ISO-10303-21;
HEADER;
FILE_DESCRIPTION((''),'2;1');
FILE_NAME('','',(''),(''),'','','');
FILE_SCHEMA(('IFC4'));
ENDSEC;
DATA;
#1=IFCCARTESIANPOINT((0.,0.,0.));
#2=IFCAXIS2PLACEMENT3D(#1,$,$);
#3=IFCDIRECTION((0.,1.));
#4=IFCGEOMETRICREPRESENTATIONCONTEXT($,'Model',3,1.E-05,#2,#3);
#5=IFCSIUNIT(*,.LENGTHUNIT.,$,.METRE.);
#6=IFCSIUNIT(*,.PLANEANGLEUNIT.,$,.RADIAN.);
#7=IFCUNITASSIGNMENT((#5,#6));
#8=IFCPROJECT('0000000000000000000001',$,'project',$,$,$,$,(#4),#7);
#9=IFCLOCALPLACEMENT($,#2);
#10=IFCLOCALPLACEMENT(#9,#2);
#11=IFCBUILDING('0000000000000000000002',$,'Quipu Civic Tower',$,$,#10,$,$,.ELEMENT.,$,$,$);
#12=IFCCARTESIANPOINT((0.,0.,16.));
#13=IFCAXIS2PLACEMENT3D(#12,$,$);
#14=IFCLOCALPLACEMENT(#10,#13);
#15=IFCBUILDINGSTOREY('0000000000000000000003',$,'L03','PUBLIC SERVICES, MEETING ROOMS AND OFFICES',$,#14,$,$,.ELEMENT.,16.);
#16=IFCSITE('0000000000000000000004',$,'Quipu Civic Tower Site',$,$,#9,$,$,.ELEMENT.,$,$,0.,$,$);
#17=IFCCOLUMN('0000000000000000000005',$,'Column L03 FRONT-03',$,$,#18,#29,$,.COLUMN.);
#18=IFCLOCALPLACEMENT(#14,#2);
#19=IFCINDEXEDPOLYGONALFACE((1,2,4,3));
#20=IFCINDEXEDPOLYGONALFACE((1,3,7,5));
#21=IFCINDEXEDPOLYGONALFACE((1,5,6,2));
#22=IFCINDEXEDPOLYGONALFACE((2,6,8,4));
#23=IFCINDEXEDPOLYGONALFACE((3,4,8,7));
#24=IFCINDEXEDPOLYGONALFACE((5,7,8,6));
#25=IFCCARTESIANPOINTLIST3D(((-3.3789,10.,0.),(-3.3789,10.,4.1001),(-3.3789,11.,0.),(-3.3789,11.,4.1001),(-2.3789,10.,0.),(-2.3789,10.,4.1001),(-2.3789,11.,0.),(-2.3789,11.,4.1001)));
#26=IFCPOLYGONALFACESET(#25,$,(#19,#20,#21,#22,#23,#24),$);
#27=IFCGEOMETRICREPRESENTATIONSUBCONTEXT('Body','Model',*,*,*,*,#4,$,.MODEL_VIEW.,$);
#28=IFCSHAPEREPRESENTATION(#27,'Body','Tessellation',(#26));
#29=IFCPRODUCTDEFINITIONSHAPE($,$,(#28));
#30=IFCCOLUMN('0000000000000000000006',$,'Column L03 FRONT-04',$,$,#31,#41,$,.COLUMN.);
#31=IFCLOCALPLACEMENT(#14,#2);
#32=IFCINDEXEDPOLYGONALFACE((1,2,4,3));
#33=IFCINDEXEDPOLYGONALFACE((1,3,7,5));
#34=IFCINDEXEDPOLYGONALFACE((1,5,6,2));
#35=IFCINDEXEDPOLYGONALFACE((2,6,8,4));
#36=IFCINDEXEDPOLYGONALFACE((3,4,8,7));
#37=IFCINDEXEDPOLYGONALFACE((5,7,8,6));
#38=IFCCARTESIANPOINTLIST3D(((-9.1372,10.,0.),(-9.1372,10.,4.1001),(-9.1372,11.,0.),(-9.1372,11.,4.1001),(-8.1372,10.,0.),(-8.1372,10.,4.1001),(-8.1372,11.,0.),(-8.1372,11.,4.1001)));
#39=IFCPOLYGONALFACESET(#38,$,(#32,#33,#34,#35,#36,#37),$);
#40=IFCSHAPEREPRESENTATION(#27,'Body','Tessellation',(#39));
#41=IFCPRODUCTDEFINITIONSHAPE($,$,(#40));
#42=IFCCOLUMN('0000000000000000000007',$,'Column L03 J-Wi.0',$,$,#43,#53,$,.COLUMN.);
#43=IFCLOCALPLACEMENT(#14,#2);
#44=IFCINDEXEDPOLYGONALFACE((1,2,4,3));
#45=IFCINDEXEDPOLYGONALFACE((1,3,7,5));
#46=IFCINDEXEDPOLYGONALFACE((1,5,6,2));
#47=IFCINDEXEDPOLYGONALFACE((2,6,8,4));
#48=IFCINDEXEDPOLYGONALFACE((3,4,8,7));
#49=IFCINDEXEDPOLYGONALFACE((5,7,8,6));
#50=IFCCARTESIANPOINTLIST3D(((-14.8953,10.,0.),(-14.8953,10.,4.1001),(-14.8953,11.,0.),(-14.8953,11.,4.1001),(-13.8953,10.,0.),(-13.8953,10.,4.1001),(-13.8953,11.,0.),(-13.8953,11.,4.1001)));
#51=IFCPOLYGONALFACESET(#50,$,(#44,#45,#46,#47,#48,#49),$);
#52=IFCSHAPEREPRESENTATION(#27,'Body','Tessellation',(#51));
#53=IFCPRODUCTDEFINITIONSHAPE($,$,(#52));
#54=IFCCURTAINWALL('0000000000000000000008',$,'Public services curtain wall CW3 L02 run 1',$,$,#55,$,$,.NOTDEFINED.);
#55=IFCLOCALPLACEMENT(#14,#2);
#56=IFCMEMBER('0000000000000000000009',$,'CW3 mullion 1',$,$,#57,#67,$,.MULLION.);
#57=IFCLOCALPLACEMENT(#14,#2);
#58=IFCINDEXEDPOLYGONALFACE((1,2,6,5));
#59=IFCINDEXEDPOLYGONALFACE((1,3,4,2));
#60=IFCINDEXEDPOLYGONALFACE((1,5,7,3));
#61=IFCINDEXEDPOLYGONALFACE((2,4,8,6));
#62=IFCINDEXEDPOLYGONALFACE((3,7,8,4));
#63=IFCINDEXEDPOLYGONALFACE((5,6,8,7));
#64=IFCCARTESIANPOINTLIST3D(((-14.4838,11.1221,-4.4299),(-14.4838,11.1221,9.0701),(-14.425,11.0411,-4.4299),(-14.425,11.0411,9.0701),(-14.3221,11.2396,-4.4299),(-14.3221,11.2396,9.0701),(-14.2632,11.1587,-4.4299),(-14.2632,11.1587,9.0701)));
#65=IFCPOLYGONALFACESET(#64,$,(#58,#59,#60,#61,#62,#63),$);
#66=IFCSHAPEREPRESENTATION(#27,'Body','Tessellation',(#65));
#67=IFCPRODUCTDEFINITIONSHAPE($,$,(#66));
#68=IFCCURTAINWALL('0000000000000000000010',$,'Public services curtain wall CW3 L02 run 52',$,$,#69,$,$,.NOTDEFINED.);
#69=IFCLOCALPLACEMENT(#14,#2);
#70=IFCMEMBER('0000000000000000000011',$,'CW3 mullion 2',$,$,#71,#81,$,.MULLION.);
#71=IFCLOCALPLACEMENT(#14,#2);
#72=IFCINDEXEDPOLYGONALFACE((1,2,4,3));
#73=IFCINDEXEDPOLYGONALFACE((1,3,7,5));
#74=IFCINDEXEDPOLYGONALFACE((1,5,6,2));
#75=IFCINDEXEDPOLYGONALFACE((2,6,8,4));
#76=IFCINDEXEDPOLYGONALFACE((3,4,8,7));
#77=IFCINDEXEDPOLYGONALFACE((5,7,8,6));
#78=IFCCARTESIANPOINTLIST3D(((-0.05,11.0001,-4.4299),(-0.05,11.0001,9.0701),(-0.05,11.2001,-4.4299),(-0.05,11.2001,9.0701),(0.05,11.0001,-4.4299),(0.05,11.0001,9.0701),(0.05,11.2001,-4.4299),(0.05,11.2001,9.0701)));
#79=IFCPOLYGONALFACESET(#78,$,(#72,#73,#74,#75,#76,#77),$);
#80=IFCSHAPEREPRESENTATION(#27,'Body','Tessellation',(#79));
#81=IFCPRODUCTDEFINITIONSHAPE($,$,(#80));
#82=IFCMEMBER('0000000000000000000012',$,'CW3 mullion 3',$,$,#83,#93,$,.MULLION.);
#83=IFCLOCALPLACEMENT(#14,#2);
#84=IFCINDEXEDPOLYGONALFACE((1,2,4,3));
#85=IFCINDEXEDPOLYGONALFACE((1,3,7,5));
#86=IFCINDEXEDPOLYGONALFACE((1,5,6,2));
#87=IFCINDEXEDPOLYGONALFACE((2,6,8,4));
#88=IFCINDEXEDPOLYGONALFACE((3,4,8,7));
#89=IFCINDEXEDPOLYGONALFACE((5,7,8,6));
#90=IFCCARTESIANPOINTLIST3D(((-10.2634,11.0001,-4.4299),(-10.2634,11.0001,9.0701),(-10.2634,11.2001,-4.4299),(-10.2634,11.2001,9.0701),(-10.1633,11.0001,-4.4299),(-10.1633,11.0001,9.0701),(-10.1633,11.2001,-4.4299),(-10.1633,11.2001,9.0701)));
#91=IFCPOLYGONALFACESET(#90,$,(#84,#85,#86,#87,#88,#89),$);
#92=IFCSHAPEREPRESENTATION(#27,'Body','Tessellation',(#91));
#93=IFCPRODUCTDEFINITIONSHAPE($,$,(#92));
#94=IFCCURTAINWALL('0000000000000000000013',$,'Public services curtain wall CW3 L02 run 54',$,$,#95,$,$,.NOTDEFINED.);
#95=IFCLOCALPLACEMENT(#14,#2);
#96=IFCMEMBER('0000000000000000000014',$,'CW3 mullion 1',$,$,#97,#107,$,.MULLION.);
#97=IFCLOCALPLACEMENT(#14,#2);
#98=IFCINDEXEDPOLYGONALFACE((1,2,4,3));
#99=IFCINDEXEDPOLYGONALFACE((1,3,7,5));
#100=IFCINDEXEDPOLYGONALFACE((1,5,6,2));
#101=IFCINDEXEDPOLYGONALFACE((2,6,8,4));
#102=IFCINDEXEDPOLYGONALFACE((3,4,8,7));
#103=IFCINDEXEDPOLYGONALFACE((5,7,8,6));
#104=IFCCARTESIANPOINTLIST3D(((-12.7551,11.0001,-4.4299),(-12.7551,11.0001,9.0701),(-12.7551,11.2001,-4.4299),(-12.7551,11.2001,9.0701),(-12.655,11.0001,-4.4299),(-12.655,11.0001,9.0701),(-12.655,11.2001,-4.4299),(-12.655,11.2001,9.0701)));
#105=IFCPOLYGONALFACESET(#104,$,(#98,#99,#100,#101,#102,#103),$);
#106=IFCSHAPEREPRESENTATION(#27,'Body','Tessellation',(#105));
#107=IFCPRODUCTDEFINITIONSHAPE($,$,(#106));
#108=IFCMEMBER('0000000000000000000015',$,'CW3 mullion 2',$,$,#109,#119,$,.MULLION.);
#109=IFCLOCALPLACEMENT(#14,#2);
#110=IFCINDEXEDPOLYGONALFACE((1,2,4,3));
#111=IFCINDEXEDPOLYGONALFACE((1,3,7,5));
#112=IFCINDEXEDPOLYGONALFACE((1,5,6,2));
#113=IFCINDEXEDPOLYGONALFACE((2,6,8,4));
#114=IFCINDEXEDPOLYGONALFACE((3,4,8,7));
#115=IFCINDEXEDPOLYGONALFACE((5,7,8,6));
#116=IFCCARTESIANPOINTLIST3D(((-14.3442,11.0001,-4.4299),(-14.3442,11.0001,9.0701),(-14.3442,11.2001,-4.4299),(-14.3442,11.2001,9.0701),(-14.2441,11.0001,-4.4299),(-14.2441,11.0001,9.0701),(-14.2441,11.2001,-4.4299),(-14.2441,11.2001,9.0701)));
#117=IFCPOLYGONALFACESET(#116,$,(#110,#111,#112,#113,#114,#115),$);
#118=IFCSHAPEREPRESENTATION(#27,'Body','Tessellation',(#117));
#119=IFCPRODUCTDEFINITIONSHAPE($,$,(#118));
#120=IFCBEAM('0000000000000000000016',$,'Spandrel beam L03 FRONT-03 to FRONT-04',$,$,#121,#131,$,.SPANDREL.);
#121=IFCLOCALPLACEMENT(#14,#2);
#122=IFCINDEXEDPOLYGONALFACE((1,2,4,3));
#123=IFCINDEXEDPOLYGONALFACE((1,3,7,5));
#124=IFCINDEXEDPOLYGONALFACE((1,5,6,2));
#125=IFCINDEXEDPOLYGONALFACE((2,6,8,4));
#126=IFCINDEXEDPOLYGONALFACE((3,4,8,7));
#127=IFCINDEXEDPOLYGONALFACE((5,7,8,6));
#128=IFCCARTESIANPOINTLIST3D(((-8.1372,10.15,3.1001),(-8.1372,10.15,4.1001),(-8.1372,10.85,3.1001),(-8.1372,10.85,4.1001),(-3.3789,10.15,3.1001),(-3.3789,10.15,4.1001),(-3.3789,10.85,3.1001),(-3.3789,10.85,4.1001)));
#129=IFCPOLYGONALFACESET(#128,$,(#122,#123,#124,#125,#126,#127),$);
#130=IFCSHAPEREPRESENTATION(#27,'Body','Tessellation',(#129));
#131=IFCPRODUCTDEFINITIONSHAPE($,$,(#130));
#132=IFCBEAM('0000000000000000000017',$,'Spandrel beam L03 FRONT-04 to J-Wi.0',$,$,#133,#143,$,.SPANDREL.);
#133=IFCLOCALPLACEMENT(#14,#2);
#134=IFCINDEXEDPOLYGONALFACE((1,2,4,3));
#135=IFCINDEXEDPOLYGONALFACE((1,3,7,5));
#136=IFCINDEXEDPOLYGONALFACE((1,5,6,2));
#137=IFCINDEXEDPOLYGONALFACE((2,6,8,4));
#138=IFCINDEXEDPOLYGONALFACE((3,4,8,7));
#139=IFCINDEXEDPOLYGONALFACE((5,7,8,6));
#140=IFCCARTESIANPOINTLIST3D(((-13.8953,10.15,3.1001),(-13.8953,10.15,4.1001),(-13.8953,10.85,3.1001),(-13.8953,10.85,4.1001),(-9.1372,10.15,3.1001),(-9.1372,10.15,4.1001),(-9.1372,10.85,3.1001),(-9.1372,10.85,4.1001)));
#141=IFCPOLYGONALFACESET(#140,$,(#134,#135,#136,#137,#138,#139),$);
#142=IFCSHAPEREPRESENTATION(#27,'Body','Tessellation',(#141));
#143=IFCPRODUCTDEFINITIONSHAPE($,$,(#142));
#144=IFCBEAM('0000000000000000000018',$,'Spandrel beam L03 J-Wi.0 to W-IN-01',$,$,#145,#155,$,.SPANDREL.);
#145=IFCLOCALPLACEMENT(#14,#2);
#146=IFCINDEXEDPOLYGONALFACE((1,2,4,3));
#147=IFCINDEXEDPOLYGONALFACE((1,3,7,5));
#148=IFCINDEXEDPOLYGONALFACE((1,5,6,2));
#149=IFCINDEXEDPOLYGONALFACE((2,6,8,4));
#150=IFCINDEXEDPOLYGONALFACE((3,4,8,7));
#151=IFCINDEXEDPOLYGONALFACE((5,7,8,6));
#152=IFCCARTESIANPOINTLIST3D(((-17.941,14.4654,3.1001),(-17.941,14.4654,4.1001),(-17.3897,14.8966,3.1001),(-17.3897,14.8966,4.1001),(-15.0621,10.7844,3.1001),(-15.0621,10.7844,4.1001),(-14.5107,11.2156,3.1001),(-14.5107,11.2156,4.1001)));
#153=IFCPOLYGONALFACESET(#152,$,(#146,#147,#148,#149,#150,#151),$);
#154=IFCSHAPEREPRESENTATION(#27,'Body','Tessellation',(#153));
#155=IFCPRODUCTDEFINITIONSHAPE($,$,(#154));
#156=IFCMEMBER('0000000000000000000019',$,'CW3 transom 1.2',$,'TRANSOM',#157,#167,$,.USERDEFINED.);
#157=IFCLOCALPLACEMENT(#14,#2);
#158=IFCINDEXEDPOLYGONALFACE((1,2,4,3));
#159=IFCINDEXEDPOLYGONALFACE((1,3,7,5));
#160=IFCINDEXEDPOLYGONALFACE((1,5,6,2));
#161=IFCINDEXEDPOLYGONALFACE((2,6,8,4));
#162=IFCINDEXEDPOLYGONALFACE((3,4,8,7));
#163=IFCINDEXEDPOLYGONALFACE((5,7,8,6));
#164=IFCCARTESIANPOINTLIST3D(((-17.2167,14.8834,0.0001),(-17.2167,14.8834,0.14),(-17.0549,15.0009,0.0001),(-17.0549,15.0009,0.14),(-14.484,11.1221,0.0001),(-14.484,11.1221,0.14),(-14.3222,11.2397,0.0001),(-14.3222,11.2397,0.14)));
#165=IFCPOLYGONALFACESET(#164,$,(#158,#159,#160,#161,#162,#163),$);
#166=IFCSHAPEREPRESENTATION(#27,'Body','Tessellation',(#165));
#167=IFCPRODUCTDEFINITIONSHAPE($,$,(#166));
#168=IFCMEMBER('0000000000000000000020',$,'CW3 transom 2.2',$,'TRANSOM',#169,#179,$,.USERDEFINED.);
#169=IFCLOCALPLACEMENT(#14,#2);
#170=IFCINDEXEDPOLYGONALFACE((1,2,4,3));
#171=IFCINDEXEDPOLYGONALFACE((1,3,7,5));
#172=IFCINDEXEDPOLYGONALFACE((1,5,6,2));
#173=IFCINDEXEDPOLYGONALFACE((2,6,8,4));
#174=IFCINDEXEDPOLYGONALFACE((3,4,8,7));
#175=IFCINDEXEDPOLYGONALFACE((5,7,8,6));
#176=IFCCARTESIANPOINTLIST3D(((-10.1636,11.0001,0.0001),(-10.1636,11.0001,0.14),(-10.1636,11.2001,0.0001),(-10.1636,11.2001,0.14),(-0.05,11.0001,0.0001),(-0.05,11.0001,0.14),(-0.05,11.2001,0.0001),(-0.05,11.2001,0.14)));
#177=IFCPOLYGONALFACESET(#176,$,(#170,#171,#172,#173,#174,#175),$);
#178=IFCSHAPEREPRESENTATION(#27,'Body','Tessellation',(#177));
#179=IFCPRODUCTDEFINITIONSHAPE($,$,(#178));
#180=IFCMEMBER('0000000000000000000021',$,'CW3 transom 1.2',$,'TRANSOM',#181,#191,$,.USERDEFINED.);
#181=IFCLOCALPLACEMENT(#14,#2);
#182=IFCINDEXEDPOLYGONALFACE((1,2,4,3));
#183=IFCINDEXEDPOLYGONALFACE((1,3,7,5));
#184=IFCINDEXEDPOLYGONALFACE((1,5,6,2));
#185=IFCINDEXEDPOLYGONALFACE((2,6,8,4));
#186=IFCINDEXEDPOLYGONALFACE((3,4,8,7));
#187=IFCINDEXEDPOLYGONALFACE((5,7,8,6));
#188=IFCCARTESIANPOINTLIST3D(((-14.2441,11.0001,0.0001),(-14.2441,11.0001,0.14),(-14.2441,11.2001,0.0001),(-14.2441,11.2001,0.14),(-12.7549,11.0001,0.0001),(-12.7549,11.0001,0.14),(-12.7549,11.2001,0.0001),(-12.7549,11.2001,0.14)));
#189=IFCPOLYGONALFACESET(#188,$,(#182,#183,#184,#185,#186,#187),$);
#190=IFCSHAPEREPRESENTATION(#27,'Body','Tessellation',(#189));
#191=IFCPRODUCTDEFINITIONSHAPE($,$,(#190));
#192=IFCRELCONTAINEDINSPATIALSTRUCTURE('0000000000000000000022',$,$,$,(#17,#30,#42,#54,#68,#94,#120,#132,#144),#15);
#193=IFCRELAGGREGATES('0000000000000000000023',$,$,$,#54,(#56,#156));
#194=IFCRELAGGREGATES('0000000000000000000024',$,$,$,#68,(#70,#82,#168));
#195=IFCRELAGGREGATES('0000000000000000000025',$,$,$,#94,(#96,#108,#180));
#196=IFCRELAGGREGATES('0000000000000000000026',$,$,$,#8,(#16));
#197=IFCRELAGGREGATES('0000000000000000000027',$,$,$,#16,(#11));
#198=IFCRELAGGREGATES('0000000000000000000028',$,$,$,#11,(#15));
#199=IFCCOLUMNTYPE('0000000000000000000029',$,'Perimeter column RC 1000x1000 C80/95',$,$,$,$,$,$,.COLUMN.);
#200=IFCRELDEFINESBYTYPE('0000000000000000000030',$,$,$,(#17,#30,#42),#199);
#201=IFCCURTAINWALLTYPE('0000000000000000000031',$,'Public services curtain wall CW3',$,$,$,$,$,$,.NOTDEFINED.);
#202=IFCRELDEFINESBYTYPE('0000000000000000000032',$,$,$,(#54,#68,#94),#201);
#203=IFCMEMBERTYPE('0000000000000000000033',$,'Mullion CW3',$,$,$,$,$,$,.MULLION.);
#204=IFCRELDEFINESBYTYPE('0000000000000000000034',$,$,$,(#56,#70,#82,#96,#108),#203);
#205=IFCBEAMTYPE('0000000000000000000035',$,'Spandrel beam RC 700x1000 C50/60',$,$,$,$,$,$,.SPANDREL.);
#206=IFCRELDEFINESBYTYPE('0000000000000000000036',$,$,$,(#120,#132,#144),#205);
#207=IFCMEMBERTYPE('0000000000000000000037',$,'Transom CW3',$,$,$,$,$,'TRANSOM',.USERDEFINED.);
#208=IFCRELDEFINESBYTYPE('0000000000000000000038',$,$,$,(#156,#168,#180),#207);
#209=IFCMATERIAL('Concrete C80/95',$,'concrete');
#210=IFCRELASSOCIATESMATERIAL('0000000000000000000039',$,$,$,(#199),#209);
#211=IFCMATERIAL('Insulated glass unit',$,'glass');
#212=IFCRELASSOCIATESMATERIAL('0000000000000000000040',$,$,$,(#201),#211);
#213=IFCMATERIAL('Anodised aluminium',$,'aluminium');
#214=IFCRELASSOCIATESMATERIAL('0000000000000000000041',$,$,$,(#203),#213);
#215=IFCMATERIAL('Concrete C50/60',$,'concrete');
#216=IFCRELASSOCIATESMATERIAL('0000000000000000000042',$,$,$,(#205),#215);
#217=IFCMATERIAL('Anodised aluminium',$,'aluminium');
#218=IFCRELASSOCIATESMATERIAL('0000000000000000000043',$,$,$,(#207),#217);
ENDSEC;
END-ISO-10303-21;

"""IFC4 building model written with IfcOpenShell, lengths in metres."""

from ifc_helpers import new_model, si_unit, direction, frame, origin, origin_2d, place, context, subcontext, project, spatial, rectangle, extrude, material, material_profile, profile_set, type_object, element, aggregate, save


model = new_model("IFC4")

# Units and contexts
model_context = context("Model", 3, precision=1e-05, world=origin(), true_north=direction((0.0, 1.0)))
body_context = subcontext(model_context, "Body", "Model", "MODEL_VIEW")
ifc_project = project(units=[si_unit("LENGTHUNIT", "METRE"), si_unit("PLANEANGLEUNIT", "RADIAN")], contexts=[model_context])

# Site, building, storey
site_placement = place(None, origin())
site = spatial("IfcSite", under=ifc_project, at=site_placement, Name="Quipu Civic Tower Site", CompositionType="ELEMENT", RefElevation=0.0)
building_placement = place(site_placement, origin())
building = spatial("IfcBuilding", under=site, at=building_placement, Name="Quipu Civic Tower", CompositionType="ELEMENT")
storey_placement = place(building_placement, frame((0.0, 0.0, 16.0)))
storey = spatial("IfcBuildingStorey", under=building, at=storey_placement, Name="L03", Description="PUBLIC SERVICES, MEETING ROOMS AND OFFICES", CompositionType="ELEMENT", Elevation=16.0)

# Columns
ifc_material_1 = material(Name="Concrete C80/95", Category="concrete")
ifc_material_profile_1 = material_profile(ifc_material_1, rectangle(XDim=1.0, YDim=1.0, at=origin_2d()), Name="RC1000x1000")
ifc_profile_set_1 = profile_set([ifc_material_profile_1], Name="Concrete C80/95")
column_type = type_object("IfcColumnType", Name="Perimeter column RC 1000x1000 C80/95", PredefinedType="COLUMN", material=ifc_profile_set_1)
for number, where, z_axis, x_axis, name in (
    (1, (-2.8789, 10.5, 0.0), (0.0, 0.0, 1.0), (-1.0, 0.0, 0.0), "Column L03 FRONT-03"),
    (2, (-8.6372, 10.5, 0.0), (0.0, 0.0, 1.0), (-1.0, 0.0, 0.0), "Column L03 FRONT-04"),
    (3, (-14.3953, 10.5, 0.0), (0.0, 0.0, 1.0), (-1.0, 0.0, 0.0), "Column L03 J-Wi.0"),
):
    element("IfcColumn", number, at=place(storey_placement, frame(where, z_axis=z_axis, x_axis=x_axis)), inside=storey, type_object=column_type, Name=name, PredefinedType="COLUMN", context=body_context, shape_type="SweptSolid", body=[
        extrude(rectangle(XDim=1.0, YDim=1.0, at=origin_2d()), origin(), (0.0, 0.0, 1.0), 4.1001),
    ])

# Curtain wall, member
ifc_material_2 = material(Name="Insulated glass unit", Category="glass")
curtain_wall_type = type_object("IfcCurtainWallType", Name="Public services curtain wall CW3", PredefinedType="NOTDEFINED", material=ifc_material_2)
curtain_wall_1_placement = place(storey_placement, origin())
curtain_wall_1 = element("IfcCurtainWall", 4, at=curtain_wall_1_placement, inside=storey, type_object=curtain_wall_type, Name="Public services curtain wall CW3 L02 run 1", PredefinedType="NOTDEFINED")
ifc_material_3 = material(Name="Anodised aluminium", Category="aluminium")
ifc_material_profile_2 = material_profile(ifc_material_3, rectangle(XDim=0.2, YDim=0.1001, at=origin_2d()), Name="RECT 200x100")
ifc_profile_set_2 = profile_set([ifc_material_profile_2], Name="Anodised aluminium")
member_type_1 = type_object("IfcMemberType", Name="Mullion CW3", PredefinedType="MULLION", material=ifc_profile_set_2)
member_1_placement = place(storey_placement, frame((-14.3735, 11.1404, -4.4299), z_axis=(0.0, 0.0, 1.0), x_axis=(-0.80901, -0.587795, 0.0)))
member_1 = element("IfcMember", 5, at=member_1_placement, type_object=member_type_1, Name="CW3 mullion 1", PredefinedType="MULLION", context=body_context, shape_type="SweptSolid", body=[
    extrude(rectangle(XDim=0.2, YDim=0.1001, at=origin_2d()), origin(), (0.0, 0.0, 1.0), 13.5),
])

# Curtain walls, members
curtain_wall_2_placement = place(storey_placement, origin())
curtain_wall_2 = element("IfcCurtainWall", 6, at=curtain_wall_2_placement, inside=storey, type_object=curtain_wall_type, Name="Public services curtain wall CW3 L02 run 52", PredefinedType="NOTDEFINED")
member_2_placement = place(storey_placement, frame((0.0, 11.1001, -4.4299), z_axis=(0.0, 0.0, 1.0), x_axis=(0.0, -1.0, 0.0)))
member_2 = element("IfcMember", 7, at=member_2_placement, type_object=member_type_1, Name="CW3 mullion 2", PredefinedType="MULLION", context=body_context, shape_type="SweptSolid", body=[
    extrude(rectangle(XDim=0.2, YDim=0.1001, at=origin_2d()), origin(), (0.0, 0.0, 1.0), 13.5),
])
member_3_placement = place(storey_placement, frame((-10.2134, 11.1001, -4.4299), z_axis=(0.0, 0.0, 1.0), x_axis=(0.0, -1.0, 0.0)))
member_3 = element("IfcMember", 8, at=member_3_placement, type_object=member_type_1, Name="CW3 mullion 3", PredefinedType="MULLION", context=body_context, shape_type="SweptSolid", body=[
    extrude(rectangle(XDim=0.2, YDim=0.1001, at=origin_2d()), origin(), (0.0, 0.0, 1.0), 13.5),
])
curtain_wall_3_placement = place(storey_placement, origin())
curtain_wall_3 = element("IfcCurtainWall", 9, at=curtain_wall_3_placement, inside=storey, type_object=curtain_wall_type, Name="Public services curtain wall CW3 L02 run 54", PredefinedType="NOTDEFINED")
member_4_placement = place(storey_placement, frame((-12.7051, 11.1001, -4.4299), z_axis=(0.0, 0.0, 1.0), x_axis=(0.0, -1.0, 0.0)))
member_4 = element("IfcMember", 10, at=member_4_placement, type_object=member_type_1, Name="CW3 mullion 1", PredefinedType="MULLION", context=body_context, shape_type="SweptSolid", body=[
    extrude(rectangle(XDim=0.2, YDim=0.1001, at=origin_2d()), origin(), (0.0, 0.0, 1.0), 13.5),
])
member_5_placement = place(storey_placement, frame((-14.2942, 11.1001, -4.4299), z_axis=(0.0, 0.0, 1.0), x_axis=(0.0, -1.0, 0.0)))
member_5 = element("IfcMember", 11, at=member_5_placement, type_object=member_type_1, Name="CW3 mullion 2", PredefinedType="MULLION", context=body_context, shape_type="SweptSolid", body=[
    extrude(rectangle(XDim=0.2, YDim=0.1001, at=origin_2d()), origin(), (0.0, 0.0, 1.0), 13.5),
])

# Beams
ifc_material_4 = material(Name="Concrete C50/60", Category="concrete")
ifc_material_profile_3 = material_profile(ifc_material_4, rectangle(XDim=0.7, YDim=1.0, at=origin_2d()), Name="RC700x1000")
ifc_profile_set_3 = profile_set([ifc_material_profile_3], Name="Concrete C50/60")
beam_type = type_object("IfcBeamType", Name="Spandrel beam RC 700x1000 C50/60", PredefinedType="SPANDREL", material=ifc_profile_set_3)
beam_1_placement = place(storey_placement, frame((-3.3789, 10.5, 3.6001), z_axis=(-1.0, 0.0, 0.0), x_axis=(0.0, -1.0, 0.0)))
element("IfcBeam", 12, at=beam_1_placement, inside=storey, type_object=beam_type, Name="Spandrel beam L03 FRONT-03 to FRONT-04", PredefinedType="SPANDREL", context=body_context, shape_type="SweptSolid", body=[
    extrude(rectangle(XDim=0.7, YDim=1.0, at=origin_2d()), origin(), (0.0, 0.0, 1.0), 4.7583),
])
beam_2_placement = place(storey_placement, frame((-9.1372, 10.5, 3.6001), z_axis=(-1.0, 0.0, 0.0), x_axis=(0.0, -1.0, 0.0)))
element("IfcBeam", 13, at=beam_2_placement, inside=storey, type_object=beam_type, Name="Spandrel beam L03 FRONT-04 to J-Wi.0", PredefinedType="SPANDREL", context=body_context, shape_type="SweptSolid", body=[
    extrude(rectangle(XDim=0.7, YDim=1.0, at=origin_2d()), origin(), (0.0, 0.0, 1.0), 4.7581),
])
beam_3_placement = place(storey_placement, frame((-14.7864, 11.0, 3.6001), z_axis=(-0.616069, 0.787692, 0.0), x_axis=(-0.787692, -0.616069, 0.0)))
element("IfcBeam", 14, at=beam_3_placement, inside=storey, type_object=beam_type, Name="Spandrel beam L03 J-Wi.0 to W-IN-01", PredefinedType="SPANDREL", context=body_context, shape_type="SweptSolid", body=[
    extrude(rectangle(XDim=0.7, YDim=1.0, at=origin_2d()), origin(), (0.0, 0.0, 1.0), 4.6731),
])

# Members
ifc_material_5 = material(Name="Anodised aluminium", Category="aluminium")
ifc_material_profile_4 = material_profile(ifc_material_5, rectangle(XDim=0.2, YDim=0.1399, at=origin_2d()), Name="RECT 200x140")
ifc_profile_set_4 = profile_set([ifc_material_profile_4], Name="Anodised aluminium")
member_type_2 = type_object("IfcMemberType", Name="Transom CW3", ElementType="TRANSOM", PredefinedType="USERDEFINED", material=ifc_profile_set_4)
member_6_placement = place(storey_placement, frame((-14.4031, 11.1809, 0.0701), z_axis=(-0.587781, 0.80902, 0.0), x_axis=(-0.80902, -0.587781, 0.0)))
member_6 = element("IfcMember", 15, at=member_6_placement, type_object=member_type_2, Name="CW3 transom 1.2", ObjectType="TRANSOM", PredefinedType="USERDEFINED", context=body_context, shape_type="SweptSolid", body=[
    extrude(rectangle(XDim=0.2, YDim=0.1399, at=origin_2d()), origin(), (0.0, 0.0, 1.0), 4.6492),
])
aggregate(curtain_wall_1, [member_1, member_6])
member_7_placement = place(storey_placement, frame((-0.05, 11.1001, 0.0701), z_axis=(-1.0, 0.0, 0.0), x_axis=(0.0, -1.0, 0.0)))
member_7 = element("IfcMember", 16, at=member_7_placement, type_object=member_type_2, Name="CW3 transom 2.2", ObjectType="TRANSOM", PredefinedType="USERDEFINED", context=body_context, shape_type="SweptSolid", body=[
    extrude(rectangle(XDim=0.2, YDim=0.1399, at=origin_2d()), origin(), (0.0, 0.0, 1.0), 10.1135),
])
member_8_placement = place(storey_placement, frame((-12.7549, 11.1001, 0.0701), z_axis=(-1.0, 0.0, 0.0), x_axis=(0.0, -1.0, 0.0)))
member_8 = element("IfcMember", 17, at=member_8_placement, type_object=member_type_2, Name="CW3 transom 1.2", ObjectType="TRANSOM", PredefinedType="USERDEFINED", context=body_context, shape_type="SweptSolid", body=[
    extrude(rectangle(XDim=0.2, YDim=0.1399, at=origin_2d()), origin(), (0.0, 0.0, 1.0), 1.4893),
])

aggregate(curtain_wall_2, [member_2, member_3, member_7])
aggregate(curtain_wall_3, [member_4, member_5, member_8])

save(model, "model.ifc")
